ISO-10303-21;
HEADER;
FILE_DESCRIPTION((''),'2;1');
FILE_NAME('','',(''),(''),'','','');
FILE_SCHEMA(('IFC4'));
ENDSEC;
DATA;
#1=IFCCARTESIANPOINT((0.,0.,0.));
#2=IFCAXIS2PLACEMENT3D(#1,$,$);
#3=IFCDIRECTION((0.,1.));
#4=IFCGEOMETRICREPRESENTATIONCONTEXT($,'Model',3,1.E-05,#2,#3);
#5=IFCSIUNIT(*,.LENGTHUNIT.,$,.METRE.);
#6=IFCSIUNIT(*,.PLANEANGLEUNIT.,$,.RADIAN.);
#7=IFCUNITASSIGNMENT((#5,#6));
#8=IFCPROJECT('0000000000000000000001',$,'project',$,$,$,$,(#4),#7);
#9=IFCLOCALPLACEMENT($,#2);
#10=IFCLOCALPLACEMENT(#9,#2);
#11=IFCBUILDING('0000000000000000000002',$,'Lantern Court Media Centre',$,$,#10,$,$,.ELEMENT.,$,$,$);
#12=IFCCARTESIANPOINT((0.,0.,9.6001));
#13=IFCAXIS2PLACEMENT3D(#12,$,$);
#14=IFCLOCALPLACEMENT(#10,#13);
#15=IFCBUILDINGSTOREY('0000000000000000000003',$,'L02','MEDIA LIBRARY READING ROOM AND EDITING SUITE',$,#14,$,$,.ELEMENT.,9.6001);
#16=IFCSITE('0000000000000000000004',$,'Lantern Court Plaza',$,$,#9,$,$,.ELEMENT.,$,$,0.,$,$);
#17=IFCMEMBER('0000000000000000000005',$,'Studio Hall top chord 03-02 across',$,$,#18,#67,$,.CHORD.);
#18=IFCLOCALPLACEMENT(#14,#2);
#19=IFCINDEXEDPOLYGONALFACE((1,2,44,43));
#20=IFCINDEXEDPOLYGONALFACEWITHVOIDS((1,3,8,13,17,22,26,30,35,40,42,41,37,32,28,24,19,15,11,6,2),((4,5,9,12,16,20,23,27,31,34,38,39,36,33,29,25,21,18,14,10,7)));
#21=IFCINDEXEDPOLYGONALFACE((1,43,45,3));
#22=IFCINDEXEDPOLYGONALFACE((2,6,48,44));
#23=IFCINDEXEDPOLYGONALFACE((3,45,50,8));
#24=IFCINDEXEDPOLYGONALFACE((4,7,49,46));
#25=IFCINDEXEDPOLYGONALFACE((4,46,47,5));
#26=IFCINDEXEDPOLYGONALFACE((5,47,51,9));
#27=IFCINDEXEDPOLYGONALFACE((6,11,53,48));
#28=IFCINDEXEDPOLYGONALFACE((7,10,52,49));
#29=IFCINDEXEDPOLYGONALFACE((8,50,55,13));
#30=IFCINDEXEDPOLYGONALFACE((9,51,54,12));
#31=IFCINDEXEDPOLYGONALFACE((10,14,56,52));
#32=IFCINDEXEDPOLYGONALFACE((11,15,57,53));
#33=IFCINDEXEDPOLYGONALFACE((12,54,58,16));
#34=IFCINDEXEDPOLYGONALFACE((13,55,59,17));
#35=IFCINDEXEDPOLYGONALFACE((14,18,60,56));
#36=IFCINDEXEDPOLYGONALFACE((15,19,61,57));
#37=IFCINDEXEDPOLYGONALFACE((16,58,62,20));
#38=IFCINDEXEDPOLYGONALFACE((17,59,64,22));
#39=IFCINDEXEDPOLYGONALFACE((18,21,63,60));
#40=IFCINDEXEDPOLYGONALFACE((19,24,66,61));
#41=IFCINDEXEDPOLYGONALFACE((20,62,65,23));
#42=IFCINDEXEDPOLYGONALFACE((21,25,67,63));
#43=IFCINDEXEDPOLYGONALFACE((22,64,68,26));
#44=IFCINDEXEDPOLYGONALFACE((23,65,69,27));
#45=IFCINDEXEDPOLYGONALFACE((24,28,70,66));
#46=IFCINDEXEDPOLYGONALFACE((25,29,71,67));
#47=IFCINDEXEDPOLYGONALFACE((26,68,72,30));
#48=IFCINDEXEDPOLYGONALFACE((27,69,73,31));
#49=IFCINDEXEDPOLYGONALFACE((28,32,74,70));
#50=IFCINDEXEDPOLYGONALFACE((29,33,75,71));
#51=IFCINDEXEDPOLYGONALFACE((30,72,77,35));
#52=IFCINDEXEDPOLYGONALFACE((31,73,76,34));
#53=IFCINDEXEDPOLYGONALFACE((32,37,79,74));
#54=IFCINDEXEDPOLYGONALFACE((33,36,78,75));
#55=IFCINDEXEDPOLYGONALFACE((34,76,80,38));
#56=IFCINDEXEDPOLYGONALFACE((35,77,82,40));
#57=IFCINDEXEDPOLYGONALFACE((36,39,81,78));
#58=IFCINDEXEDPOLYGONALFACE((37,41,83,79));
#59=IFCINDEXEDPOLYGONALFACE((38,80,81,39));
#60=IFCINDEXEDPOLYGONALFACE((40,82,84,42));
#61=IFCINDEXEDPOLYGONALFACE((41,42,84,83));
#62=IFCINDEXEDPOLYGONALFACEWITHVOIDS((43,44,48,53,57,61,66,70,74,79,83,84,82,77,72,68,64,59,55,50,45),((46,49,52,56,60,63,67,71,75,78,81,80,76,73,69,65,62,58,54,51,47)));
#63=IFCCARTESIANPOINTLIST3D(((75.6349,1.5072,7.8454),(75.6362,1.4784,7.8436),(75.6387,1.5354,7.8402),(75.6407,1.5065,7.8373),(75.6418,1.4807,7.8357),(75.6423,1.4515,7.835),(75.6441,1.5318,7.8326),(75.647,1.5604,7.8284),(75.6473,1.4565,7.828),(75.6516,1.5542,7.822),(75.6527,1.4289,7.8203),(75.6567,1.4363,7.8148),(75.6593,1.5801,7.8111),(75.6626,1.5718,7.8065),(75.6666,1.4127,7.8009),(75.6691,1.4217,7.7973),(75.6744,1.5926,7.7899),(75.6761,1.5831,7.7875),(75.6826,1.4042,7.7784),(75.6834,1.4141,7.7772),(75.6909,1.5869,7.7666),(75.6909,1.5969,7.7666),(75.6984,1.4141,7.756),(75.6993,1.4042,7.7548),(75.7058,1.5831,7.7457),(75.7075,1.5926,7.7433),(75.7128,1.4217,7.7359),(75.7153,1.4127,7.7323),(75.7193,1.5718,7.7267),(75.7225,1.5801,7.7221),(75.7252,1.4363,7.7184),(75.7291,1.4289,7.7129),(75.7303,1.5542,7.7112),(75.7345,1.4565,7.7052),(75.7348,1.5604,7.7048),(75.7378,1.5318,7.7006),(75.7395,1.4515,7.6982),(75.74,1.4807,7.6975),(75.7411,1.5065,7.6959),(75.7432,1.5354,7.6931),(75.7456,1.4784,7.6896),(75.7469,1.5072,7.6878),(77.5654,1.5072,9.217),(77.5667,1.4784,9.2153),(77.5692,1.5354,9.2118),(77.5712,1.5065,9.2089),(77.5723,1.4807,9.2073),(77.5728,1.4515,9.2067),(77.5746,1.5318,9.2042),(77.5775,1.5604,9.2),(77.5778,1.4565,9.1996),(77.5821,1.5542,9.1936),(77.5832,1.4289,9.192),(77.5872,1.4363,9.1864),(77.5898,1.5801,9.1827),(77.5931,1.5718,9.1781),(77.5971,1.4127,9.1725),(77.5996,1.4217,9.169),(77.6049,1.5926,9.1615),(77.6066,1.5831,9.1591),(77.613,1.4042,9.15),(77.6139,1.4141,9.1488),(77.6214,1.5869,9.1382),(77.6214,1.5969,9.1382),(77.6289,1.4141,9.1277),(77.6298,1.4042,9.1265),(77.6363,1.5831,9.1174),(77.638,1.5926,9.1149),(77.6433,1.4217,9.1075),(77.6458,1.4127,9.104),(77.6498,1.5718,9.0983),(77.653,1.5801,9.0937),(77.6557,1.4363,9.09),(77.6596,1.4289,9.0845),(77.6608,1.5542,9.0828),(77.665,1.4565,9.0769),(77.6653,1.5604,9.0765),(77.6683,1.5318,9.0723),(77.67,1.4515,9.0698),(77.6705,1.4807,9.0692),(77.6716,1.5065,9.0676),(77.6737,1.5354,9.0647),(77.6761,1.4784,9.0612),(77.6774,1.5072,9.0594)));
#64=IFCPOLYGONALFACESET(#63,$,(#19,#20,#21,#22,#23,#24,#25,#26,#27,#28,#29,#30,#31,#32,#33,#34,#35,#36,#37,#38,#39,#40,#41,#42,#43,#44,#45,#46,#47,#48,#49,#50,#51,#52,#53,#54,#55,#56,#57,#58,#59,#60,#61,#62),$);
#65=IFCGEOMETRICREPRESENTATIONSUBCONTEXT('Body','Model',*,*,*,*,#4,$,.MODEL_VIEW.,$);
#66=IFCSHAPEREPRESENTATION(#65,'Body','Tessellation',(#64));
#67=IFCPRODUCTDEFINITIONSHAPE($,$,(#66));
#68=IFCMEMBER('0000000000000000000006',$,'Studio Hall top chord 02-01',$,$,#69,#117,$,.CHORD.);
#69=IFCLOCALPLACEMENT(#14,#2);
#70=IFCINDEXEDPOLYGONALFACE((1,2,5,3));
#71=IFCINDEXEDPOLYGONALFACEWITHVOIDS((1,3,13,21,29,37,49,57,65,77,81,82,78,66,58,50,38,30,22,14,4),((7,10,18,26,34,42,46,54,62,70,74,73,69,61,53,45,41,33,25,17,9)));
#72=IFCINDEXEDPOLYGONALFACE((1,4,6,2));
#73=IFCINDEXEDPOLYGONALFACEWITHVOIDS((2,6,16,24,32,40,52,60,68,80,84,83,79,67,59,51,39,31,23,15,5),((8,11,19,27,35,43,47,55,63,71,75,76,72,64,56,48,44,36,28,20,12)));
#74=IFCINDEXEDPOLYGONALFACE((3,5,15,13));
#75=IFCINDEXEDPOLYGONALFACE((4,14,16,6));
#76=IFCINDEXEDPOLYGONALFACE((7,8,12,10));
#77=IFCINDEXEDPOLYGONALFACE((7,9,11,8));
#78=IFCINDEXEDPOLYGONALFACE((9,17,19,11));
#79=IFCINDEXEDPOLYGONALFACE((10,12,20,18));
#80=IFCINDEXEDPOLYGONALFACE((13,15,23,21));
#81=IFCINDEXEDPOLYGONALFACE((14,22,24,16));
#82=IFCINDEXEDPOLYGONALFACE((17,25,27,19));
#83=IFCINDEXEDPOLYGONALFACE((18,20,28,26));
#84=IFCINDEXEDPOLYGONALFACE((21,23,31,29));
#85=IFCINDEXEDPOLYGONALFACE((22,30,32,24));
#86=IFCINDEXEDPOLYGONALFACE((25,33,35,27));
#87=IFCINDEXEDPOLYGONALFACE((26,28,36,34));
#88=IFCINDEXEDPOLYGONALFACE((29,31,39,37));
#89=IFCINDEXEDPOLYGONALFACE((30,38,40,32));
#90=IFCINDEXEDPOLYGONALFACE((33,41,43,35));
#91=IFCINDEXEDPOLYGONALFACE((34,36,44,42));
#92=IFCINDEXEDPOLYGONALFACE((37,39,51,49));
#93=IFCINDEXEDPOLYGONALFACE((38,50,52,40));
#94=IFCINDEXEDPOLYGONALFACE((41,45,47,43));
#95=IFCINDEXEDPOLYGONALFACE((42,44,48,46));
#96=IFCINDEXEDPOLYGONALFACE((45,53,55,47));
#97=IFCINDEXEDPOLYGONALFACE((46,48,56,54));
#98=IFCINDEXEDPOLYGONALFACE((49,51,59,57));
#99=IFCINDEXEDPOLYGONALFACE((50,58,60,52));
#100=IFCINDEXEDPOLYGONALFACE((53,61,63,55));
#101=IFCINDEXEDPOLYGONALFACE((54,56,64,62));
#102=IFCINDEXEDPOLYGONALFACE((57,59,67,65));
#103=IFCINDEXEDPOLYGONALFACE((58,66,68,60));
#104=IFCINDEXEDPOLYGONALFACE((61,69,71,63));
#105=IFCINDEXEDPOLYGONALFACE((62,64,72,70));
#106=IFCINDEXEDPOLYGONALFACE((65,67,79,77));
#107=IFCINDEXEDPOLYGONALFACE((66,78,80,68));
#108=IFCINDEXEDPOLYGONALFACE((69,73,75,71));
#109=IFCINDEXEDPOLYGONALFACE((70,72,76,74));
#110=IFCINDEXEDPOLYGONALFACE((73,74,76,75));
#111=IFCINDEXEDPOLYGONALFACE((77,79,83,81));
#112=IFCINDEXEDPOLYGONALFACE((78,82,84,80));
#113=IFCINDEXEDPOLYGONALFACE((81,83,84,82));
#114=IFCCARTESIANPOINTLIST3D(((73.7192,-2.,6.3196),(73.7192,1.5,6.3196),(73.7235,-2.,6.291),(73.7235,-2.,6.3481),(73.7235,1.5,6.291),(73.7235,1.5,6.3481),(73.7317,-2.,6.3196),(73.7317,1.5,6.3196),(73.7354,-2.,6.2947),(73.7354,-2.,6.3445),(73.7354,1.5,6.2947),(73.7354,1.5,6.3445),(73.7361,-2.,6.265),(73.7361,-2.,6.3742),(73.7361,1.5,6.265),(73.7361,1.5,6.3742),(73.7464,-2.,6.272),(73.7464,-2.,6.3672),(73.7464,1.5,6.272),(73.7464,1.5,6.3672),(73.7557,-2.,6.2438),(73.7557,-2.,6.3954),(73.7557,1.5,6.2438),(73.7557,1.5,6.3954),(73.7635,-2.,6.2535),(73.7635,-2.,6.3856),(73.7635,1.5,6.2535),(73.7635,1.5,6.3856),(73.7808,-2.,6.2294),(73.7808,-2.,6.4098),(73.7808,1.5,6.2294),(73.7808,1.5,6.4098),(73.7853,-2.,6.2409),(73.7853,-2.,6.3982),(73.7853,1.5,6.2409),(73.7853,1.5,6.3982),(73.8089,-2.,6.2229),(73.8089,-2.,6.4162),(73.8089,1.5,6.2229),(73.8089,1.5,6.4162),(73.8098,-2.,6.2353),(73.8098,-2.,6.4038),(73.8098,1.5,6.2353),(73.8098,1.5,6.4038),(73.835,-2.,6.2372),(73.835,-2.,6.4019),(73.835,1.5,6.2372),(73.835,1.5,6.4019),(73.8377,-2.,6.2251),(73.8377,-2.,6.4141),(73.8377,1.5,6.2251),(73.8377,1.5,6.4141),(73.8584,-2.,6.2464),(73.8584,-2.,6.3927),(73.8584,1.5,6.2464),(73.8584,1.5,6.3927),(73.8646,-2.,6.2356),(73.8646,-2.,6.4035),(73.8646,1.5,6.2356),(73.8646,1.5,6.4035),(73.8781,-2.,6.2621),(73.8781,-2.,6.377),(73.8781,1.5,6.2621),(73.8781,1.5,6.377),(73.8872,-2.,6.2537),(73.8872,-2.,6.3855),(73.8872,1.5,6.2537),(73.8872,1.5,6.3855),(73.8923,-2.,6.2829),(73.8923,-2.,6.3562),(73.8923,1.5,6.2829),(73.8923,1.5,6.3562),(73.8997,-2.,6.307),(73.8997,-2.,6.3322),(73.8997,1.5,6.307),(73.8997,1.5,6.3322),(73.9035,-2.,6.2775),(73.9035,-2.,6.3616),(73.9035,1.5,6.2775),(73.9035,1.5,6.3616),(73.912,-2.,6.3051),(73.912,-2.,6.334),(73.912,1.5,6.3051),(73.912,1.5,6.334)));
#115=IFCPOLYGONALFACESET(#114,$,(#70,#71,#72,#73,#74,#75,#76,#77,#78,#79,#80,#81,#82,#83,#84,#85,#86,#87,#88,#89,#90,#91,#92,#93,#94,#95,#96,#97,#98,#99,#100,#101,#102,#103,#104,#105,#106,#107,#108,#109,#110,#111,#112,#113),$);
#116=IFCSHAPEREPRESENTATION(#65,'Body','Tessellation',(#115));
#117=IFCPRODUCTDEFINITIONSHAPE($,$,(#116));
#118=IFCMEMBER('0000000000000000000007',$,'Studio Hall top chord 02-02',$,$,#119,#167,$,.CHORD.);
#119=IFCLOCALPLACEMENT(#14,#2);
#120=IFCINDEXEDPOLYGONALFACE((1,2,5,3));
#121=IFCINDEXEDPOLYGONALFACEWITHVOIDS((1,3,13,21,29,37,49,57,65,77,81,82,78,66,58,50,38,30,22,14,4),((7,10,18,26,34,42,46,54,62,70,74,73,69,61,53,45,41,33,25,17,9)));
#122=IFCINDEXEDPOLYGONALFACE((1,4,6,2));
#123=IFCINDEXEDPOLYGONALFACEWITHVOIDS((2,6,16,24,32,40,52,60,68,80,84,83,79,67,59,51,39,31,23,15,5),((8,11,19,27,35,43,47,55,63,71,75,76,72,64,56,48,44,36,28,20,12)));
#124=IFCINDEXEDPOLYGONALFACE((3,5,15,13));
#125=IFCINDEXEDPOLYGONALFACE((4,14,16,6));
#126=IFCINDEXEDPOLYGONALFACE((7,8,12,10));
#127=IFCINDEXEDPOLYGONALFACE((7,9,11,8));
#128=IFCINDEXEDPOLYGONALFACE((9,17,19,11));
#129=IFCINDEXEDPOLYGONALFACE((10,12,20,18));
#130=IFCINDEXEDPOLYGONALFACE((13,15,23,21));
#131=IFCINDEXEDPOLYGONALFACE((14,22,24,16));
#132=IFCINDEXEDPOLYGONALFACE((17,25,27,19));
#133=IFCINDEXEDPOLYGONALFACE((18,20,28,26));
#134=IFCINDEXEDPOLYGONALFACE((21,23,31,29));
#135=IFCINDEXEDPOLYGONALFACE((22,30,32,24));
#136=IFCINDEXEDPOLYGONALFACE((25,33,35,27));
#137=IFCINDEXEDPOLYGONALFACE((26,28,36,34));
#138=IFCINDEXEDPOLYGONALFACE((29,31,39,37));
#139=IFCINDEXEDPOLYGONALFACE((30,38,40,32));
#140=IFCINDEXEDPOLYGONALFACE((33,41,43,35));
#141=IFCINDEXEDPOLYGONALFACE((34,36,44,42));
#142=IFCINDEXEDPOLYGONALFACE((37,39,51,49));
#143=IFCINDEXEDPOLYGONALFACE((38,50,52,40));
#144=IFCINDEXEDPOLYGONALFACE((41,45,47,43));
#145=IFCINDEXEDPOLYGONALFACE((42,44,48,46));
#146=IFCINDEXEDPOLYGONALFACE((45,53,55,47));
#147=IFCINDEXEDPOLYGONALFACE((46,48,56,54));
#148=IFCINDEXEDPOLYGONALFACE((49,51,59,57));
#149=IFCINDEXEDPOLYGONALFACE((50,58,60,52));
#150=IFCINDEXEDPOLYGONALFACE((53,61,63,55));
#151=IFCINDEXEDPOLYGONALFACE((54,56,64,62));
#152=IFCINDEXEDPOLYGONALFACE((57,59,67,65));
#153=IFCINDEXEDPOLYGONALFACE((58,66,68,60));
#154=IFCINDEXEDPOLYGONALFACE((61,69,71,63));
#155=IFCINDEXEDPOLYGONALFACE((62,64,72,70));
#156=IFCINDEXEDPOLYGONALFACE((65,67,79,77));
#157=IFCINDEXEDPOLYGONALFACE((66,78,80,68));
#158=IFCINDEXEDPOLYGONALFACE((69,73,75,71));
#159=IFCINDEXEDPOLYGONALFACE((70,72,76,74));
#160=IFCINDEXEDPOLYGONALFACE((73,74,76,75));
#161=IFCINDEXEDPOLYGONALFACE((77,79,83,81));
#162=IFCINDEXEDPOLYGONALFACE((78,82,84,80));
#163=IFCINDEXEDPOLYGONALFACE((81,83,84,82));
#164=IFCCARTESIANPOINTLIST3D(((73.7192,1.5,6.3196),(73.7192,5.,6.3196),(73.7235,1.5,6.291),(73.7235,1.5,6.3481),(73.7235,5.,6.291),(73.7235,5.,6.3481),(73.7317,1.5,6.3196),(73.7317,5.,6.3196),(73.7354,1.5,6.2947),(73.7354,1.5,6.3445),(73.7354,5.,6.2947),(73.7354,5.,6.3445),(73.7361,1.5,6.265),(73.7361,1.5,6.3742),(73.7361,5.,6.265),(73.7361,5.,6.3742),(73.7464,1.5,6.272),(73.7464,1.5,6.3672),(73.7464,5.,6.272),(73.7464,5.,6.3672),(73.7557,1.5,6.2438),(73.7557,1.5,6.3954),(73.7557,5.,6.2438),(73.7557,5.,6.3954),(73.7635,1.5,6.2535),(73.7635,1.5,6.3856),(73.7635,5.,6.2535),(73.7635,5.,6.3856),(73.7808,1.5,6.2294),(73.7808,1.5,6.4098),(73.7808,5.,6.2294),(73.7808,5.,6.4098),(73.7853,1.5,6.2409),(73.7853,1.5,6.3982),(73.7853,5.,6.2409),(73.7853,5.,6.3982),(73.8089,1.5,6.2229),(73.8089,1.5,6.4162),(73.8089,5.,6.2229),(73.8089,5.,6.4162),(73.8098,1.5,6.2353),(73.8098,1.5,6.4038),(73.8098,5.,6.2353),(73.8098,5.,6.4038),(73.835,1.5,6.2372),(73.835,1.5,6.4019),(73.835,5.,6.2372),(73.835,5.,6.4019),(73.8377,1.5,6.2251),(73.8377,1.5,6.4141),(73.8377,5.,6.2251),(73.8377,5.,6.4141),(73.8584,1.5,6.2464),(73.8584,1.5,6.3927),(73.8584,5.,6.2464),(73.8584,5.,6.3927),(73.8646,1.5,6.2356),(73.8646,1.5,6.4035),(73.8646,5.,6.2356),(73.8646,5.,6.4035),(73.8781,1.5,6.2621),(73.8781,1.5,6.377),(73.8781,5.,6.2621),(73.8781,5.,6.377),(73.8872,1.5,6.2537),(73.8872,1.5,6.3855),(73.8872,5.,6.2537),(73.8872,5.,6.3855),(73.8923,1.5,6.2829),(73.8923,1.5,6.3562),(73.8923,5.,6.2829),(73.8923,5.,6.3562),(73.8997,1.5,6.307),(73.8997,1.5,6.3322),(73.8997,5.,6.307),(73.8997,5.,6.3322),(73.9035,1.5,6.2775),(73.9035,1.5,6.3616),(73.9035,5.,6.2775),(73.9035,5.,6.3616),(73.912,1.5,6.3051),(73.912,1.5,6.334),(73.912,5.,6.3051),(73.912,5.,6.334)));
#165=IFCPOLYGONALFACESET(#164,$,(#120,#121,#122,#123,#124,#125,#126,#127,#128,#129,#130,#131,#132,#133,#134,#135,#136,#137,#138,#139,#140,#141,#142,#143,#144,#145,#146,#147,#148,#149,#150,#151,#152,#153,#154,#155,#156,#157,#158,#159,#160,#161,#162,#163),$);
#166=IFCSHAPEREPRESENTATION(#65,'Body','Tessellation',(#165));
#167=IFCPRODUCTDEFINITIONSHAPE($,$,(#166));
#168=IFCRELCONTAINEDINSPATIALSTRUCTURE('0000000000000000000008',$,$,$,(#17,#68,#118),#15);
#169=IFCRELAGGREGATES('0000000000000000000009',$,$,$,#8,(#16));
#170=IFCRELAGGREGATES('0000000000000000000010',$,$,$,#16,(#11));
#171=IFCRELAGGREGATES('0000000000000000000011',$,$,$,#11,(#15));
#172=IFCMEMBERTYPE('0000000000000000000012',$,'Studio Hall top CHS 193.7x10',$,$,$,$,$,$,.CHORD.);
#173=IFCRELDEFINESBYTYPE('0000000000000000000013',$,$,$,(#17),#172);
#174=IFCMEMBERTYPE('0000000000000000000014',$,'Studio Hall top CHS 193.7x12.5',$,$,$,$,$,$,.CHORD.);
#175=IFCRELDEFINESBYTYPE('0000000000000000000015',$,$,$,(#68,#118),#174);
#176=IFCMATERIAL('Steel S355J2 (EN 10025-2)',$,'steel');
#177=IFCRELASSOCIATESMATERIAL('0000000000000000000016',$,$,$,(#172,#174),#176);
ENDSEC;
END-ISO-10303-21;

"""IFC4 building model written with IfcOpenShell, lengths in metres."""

from ifc_helpers import new_model, si_unit, direction, frame, origin, origin_2d, place, context, subcontext, project, spatial, hollow_circle, extrude, material, material_profile, profile_set, type_object, element, save


model = new_model("IFC4")

# Units and contexts
model_context = context("Model", 3, precision=1e-05, world=origin(), true_north=direction((0.0, 1.0)))
body_context = subcontext(model_context, "Body", "Model", "MODEL_VIEW")
ifc_project = project(units=[si_unit("LENGTHUNIT", "METRE"), si_unit("PLANEANGLEUNIT", "RADIAN")], contexts=[model_context])

# Site, building, storey
site_placement = place(None, origin())
site = spatial("IfcSite", under=ifc_project, at=site_placement, Name="Lantern Court Plaza", CompositionType="ELEMENT", RefElevation=0.0)
building_placement = place(site_placement, origin())
building = spatial("IfcBuilding", under=site, at=building_placement, Name="Lantern Court Media Centre", CompositionType="ELEMENT")
storey_placement = place(building_placement, frame((0.0, 0.0, 9.6001)))
storey = spatial("IfcBuildingStorey", under=building, at=storey_placement, Name="L02", Description="MEDIA LIBRARY READING ROOM AND EDITING SUITE", CompositionType="ELEMENT", Elevation=9.6001)

# Members
ifc_material_1 = material(Name="Steel S355J2 (EN 10025-2)", Category="steel")
ifc_material_profile_1 = material_profile(ifc_material_1, hollow_circle(Radius=0.0969, WallThickness=0.01, at=origin_2d()), Name="Studio Hall top CHS 193.7x10")
ifc_profile_set_1 = profile_set([ifc_material_profile_1], Name="Steel S355J2 (EN 10025-2)")
member_type_1 = type_object("IfcMemberType", Name="Studio Hall top CHS 193.7x10", PredefinedType="CHORD", material=ifc_profile_set_1)
for number, where, z_axis, x_axis, name in (
    (1, (75.6909, 1.5, 7.7666), (0.815187, 0.0, 0.579198), (0.0, 1.0, 0.0), "Studio Hall top chord 03-02 across"),
):
    element("IfcMember", number, at=place(storey_placement, frame(where, z_axis=z_axis, x_axis=x_axis)), inside=storey, type_object=member_type_1, Name=name, PredefinedType="CHORD", context=body_context, shape_type="SweptSolid", body=[
        extrude(hollow_circle(Radius=0.0969, WallThickness=0.01, at=origin_2d()), origin(), (0.0, 0.0, 1.0), 2.3682),
    ])
ifc_material_profile_2 = material_profile(ifc_material_1, hollow_circle(Radius=0.0969, WallThickness=0.0125, at=origin_2d()), Name="Studio Hall top CHS 193.7x12.5")
ifc_profile_set_2 = profile_set([ifc_material_profile_2], Name="Steel S355J2 (EN 10025-2)")
member_type_2 = type_object("IfcMemberType", Name="Studio Hall top CHS 193.7x12.5", PredefinedType="CHORD", material=ifc_profile_set_2)
for number, where, z_axis, x_axis, name in (
    (2, (73.8162, -2.0, 6.3196), (0.0, 1.0, 0.0), (-1.0, 0.0, 0.0), "Studio Hall top chord 02-01"),
    (3, (73.8162, 1.5, 6.3196), (0.0, 1.0, 0.0), (-1.0, 0.0, 0.0), "Studio Hall top chord 02-02"),
):
    element("IfcMember", number, at=place(storey_placement, frame(where, z_axis=z_axis, x_axis=x_axis)), inside=storey, type_object=member_type_2, Name=name, PredefinedType="CHORD", context=body_context, shape_type="SweptSolid", body=[
        extrude(hollow_circle(Radius=0.0969, WallThickness=0.0125, at=origin_2d()), origin(), (0.0, 0.0, 1.0), 3.5),
    ])

save(model, "model.ifc")
